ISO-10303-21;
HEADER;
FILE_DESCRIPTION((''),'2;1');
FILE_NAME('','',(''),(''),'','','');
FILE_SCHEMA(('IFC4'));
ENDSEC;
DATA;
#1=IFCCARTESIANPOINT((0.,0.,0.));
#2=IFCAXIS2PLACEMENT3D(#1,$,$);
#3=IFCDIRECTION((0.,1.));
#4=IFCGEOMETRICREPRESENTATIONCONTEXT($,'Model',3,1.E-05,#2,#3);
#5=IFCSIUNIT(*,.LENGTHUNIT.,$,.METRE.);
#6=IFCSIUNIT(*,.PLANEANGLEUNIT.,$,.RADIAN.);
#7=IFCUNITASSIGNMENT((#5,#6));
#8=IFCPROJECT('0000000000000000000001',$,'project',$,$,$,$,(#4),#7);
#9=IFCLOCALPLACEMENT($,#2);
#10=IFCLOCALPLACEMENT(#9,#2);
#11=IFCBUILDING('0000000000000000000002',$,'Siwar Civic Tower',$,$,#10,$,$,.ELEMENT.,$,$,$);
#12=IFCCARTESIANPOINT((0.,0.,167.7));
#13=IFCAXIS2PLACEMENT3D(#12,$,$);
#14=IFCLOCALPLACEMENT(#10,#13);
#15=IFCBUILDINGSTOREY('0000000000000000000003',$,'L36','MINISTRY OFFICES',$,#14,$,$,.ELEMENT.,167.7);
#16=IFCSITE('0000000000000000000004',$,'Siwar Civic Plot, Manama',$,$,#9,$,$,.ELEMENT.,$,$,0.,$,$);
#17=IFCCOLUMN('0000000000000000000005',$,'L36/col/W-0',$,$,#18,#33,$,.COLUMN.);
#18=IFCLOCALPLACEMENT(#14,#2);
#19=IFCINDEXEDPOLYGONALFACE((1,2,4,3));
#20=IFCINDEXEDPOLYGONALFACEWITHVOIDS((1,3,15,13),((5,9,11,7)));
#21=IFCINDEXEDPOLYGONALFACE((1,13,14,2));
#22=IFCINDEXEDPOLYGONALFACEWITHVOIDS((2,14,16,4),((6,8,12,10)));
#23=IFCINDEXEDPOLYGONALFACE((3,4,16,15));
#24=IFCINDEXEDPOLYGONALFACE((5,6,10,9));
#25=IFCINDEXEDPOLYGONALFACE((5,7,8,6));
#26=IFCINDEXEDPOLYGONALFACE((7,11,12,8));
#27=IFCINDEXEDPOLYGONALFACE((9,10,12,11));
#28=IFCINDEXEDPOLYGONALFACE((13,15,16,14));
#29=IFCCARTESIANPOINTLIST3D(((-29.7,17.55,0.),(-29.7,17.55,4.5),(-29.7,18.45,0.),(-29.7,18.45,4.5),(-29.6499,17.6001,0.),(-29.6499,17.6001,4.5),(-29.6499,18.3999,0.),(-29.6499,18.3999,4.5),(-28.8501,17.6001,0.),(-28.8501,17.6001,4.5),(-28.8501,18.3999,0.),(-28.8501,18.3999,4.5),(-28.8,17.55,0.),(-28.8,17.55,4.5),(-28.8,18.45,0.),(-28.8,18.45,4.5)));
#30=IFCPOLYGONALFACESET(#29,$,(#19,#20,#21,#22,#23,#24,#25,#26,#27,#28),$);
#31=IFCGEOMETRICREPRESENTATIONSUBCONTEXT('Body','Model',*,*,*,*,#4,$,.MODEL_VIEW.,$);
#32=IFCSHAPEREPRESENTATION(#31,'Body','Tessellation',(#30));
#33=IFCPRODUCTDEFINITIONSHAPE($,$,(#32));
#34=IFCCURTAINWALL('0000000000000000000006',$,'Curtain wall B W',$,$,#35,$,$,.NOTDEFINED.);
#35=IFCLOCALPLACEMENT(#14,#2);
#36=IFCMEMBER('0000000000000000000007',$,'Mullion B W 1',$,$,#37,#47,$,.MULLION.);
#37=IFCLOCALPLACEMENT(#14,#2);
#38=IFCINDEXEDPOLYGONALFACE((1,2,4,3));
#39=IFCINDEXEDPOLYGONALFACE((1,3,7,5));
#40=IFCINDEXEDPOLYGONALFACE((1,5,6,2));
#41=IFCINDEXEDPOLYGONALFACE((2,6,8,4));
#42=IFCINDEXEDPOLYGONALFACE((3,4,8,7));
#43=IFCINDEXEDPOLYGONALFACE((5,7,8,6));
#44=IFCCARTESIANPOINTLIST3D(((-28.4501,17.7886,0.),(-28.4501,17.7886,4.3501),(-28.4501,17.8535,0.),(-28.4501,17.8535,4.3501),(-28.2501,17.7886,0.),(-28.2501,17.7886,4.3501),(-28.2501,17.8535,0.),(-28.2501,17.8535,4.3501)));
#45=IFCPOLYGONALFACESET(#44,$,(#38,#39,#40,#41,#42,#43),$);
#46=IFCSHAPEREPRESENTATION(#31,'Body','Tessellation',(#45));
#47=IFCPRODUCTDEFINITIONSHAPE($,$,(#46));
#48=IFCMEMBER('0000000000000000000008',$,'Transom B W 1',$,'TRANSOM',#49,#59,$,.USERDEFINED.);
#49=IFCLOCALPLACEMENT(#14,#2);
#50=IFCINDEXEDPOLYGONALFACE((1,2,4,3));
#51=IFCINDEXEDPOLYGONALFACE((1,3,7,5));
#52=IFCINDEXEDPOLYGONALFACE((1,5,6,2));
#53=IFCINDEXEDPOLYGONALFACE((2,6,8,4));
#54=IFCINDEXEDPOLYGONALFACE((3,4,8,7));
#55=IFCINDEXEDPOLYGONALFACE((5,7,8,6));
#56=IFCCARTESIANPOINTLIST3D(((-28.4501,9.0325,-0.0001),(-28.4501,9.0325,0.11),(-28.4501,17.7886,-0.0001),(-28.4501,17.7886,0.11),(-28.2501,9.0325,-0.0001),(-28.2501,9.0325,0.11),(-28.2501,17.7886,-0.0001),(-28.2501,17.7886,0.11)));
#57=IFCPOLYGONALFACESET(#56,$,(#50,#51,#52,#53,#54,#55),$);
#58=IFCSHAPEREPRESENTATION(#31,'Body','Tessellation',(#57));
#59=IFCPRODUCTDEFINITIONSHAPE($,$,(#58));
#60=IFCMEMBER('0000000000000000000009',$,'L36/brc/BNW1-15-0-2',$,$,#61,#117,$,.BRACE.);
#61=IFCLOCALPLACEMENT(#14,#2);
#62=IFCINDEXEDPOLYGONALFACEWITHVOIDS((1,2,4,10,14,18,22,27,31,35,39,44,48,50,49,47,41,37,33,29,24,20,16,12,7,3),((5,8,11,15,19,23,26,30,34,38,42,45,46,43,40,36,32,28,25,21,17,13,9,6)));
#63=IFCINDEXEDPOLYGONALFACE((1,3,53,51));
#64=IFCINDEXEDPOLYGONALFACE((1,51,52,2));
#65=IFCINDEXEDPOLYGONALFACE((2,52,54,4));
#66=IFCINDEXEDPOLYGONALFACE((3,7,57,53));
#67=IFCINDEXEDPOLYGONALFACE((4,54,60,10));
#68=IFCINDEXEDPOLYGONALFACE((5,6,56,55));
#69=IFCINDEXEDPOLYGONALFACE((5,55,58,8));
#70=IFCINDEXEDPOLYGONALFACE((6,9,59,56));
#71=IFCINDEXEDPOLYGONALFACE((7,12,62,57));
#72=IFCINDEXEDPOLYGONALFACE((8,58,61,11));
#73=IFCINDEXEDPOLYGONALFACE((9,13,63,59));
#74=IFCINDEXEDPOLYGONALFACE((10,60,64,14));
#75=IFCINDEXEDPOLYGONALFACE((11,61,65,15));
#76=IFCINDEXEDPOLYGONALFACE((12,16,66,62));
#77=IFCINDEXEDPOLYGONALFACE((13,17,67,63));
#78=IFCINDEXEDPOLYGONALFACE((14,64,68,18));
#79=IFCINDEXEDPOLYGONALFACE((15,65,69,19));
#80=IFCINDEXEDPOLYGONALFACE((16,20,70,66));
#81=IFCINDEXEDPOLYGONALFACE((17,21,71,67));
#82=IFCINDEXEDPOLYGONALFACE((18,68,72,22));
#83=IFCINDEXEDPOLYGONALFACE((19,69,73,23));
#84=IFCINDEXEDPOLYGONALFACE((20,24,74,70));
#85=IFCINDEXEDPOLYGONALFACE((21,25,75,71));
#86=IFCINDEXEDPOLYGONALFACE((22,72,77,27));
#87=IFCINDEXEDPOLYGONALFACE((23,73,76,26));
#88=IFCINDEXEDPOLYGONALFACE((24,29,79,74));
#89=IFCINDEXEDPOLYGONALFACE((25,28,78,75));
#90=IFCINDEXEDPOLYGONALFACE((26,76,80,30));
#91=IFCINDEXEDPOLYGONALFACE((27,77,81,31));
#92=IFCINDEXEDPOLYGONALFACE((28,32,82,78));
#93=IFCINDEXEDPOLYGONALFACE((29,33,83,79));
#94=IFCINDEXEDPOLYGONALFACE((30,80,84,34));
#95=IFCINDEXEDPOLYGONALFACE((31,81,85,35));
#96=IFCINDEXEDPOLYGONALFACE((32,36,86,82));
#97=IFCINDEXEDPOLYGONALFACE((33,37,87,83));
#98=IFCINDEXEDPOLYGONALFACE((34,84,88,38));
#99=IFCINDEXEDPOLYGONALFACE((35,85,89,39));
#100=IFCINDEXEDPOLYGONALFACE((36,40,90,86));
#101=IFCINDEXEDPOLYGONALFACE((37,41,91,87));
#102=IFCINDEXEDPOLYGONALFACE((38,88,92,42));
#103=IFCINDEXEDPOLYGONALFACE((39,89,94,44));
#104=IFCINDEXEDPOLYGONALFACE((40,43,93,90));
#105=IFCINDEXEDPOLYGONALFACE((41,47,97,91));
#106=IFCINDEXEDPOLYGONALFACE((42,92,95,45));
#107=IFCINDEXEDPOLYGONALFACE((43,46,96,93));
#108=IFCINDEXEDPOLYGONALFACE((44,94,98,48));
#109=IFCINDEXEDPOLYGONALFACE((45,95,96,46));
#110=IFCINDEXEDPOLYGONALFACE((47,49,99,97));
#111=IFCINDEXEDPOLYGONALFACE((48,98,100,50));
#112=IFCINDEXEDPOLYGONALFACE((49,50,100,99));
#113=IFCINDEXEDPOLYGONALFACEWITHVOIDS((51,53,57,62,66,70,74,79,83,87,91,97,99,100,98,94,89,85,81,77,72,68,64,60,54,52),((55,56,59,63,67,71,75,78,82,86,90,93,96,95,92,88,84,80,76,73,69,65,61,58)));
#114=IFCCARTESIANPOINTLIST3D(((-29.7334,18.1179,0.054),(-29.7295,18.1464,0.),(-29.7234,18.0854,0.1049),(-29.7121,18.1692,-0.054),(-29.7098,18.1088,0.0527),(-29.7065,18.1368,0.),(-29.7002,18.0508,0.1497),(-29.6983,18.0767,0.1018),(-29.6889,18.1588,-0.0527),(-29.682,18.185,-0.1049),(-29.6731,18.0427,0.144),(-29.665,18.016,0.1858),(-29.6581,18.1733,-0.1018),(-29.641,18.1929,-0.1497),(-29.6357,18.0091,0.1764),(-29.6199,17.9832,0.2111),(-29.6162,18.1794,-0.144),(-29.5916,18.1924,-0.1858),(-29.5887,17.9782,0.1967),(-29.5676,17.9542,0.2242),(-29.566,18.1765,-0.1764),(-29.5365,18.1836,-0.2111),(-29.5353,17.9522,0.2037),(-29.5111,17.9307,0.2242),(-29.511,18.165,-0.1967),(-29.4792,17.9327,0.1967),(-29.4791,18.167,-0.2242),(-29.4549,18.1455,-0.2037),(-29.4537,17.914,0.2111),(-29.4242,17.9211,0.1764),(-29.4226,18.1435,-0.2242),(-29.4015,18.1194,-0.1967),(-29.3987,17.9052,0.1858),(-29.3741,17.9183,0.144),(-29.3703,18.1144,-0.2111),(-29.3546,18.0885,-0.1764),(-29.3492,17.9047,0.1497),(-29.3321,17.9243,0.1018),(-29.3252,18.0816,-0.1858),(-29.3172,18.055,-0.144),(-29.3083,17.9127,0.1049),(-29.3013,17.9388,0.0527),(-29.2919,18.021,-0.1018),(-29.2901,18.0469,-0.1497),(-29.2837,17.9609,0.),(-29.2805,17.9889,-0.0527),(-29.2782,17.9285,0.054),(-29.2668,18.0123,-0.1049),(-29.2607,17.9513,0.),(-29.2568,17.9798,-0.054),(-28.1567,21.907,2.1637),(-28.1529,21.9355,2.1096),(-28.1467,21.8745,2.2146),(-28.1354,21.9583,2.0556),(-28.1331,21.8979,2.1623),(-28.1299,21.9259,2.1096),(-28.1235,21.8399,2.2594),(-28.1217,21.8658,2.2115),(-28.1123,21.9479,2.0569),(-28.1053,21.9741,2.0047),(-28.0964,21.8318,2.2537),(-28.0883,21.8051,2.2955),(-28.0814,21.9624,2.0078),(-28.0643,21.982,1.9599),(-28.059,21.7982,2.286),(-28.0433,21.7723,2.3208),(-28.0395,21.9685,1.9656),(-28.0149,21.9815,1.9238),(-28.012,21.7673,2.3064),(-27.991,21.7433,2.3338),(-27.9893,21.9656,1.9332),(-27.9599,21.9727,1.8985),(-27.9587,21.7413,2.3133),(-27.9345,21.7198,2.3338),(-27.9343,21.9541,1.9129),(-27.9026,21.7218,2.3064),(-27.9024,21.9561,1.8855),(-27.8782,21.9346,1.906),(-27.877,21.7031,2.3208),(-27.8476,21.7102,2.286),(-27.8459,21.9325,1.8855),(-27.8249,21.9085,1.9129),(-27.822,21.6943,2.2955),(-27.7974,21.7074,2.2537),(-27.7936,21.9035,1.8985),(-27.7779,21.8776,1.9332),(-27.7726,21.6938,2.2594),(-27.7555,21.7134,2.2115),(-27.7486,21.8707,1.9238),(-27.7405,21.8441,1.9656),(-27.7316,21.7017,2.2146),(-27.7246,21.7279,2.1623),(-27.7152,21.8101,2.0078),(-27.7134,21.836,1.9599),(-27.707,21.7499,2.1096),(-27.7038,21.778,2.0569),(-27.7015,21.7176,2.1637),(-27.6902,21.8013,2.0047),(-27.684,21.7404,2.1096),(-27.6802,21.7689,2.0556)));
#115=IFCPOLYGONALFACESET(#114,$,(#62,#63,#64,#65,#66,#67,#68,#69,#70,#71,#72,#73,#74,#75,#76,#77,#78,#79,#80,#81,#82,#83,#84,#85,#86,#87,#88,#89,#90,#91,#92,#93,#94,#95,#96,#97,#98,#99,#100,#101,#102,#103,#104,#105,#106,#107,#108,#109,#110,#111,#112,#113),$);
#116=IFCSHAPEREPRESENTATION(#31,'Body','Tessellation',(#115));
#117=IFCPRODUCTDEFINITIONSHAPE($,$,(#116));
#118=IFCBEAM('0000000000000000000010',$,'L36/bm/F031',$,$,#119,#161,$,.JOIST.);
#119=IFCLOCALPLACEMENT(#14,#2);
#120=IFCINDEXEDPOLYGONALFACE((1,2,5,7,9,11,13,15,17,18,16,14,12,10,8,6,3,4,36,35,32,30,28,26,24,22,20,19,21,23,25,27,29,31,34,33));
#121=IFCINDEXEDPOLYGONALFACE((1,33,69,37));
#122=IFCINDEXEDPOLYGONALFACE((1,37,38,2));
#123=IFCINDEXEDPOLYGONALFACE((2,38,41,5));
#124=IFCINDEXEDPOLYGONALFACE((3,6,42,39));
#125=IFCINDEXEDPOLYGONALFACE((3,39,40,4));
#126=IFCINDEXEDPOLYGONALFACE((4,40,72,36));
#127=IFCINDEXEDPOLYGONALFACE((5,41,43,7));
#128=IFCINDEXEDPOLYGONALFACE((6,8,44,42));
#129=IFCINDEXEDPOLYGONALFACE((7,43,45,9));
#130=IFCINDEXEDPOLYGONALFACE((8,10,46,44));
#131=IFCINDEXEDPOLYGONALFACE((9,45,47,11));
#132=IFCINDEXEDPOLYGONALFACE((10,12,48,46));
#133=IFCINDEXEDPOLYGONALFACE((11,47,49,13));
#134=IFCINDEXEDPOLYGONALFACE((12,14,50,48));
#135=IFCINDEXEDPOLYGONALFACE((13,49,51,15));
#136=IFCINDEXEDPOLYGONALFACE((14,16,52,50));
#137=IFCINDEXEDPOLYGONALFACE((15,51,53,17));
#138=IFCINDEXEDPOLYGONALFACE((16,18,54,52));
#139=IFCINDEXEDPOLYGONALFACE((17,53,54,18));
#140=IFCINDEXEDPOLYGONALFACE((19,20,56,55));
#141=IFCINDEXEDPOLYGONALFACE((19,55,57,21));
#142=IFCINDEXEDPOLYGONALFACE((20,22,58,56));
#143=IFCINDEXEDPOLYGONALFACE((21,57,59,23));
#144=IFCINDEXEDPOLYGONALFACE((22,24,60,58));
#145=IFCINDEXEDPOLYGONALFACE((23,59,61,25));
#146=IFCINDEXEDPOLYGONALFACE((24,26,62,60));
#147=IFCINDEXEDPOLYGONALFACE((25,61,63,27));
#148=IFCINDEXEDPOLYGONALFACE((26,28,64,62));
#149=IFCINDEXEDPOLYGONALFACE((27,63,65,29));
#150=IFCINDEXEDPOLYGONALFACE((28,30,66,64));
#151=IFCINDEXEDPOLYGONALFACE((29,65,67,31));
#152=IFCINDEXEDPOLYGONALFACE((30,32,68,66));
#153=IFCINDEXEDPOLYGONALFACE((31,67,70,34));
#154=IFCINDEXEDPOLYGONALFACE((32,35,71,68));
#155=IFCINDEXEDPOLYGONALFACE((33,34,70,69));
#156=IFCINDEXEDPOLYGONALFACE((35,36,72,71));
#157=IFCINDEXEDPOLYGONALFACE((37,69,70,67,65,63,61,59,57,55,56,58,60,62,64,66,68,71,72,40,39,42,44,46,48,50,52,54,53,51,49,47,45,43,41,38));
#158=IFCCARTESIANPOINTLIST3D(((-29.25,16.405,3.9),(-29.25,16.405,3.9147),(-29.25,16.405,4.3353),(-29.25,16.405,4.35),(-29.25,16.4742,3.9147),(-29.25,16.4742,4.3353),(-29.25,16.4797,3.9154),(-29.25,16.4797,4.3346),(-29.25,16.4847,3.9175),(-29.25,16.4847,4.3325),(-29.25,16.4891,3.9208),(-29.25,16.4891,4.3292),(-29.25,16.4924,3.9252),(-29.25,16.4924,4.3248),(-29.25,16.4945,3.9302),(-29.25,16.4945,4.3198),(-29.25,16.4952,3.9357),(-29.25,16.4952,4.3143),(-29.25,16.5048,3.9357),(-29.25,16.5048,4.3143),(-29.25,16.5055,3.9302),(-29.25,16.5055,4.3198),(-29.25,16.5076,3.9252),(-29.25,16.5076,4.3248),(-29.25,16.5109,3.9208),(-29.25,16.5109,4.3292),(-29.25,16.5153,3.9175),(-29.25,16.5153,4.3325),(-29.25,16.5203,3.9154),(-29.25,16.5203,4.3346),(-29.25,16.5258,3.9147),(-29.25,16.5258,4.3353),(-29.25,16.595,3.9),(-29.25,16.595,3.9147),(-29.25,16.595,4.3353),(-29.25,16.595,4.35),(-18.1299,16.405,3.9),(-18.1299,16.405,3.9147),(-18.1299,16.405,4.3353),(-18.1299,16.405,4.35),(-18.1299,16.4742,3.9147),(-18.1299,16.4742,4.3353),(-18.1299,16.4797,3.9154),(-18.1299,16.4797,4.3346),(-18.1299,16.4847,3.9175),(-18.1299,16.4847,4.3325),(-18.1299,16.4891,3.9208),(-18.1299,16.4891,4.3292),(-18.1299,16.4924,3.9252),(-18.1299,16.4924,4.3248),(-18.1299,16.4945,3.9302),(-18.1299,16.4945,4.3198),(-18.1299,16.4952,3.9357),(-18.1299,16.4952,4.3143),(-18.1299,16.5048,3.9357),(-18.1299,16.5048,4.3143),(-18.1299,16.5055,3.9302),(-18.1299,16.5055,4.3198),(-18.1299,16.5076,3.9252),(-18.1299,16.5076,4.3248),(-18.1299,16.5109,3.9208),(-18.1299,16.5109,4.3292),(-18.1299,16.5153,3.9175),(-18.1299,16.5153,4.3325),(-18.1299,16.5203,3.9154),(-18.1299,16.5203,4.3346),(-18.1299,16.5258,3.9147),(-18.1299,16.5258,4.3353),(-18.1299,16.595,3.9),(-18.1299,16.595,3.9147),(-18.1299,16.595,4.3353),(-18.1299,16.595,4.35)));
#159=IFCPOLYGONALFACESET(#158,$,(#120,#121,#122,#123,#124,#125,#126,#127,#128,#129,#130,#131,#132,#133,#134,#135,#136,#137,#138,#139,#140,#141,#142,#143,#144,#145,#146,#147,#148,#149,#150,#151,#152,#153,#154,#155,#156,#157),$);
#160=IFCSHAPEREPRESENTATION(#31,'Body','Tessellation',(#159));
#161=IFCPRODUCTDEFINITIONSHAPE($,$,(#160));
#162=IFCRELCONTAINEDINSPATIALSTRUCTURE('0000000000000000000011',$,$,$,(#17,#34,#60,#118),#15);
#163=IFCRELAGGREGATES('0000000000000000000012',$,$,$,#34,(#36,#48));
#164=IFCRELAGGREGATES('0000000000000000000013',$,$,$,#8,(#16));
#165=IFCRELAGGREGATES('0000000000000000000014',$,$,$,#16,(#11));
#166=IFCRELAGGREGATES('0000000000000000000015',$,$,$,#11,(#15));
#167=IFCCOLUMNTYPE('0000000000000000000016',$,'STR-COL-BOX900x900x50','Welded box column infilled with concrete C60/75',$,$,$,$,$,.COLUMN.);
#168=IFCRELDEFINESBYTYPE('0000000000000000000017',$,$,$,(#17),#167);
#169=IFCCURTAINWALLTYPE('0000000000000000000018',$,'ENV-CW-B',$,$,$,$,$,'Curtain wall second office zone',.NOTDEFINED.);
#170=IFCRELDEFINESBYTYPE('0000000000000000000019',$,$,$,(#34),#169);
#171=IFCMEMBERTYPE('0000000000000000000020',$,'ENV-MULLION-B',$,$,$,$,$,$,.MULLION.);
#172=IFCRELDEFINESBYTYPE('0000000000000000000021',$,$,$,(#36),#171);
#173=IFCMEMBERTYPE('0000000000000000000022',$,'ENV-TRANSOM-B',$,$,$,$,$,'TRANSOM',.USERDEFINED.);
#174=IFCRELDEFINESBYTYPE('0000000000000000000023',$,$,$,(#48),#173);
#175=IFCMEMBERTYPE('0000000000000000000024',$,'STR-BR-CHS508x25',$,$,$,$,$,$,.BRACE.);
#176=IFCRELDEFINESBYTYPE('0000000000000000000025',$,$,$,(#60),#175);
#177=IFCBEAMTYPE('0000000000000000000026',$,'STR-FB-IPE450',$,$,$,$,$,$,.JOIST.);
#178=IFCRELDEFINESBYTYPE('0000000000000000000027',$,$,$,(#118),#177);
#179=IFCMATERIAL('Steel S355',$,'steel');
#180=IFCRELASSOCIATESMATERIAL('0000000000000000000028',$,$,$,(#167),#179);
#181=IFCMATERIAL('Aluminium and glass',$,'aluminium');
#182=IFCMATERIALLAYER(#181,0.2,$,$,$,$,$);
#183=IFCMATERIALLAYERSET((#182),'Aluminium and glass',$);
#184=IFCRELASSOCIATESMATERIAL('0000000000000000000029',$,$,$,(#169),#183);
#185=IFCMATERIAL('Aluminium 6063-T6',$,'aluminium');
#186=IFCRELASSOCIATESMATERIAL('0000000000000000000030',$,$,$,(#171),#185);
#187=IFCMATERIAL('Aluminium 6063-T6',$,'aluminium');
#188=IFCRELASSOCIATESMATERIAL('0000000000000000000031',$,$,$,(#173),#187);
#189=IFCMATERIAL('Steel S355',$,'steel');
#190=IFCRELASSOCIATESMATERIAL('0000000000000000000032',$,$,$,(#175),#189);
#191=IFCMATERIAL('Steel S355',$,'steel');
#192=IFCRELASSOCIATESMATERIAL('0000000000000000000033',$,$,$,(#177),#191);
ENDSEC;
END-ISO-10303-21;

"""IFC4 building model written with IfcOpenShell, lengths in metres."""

from ifc_helpers import new_model, si_unit, direction, frame, origin, origin_2d, place, context, subcontext, project, spatial, rectangle, hollow_rectangle, hollow_circle, i_section, extrude, material, layer, layer_set, material_profile, profile_set, type_object, element, aggregate, save


model = new_model("IFC4")

# Units and contexts
model_context = context("Model", 3, precision=1e-05, world=origin(), true_north=direction((0.0, 1.0)))
body_context = subcontext(model_context, "Body", "Model", "MODEL_VIEW")
ifc_project = project(units=[si_unit("LENGTHUNIT", "METRE"), si_unit("PLANEANGLEUNIT", "RADIAN")], contexts=[model_context])

# Site, building, storey
site_placement = place(None, origin())
site = spatial("IfcSite", under=ifc_project, at=site_placement, Name="Siwar Civic Plot, Manama", CompositionType="ELEMENT", RefElevation=0.0)
building_placement = place(site_placement, origin())
building = spatial("IfcBuilding", under=site, at=building_placement, Name="Siwar Civic Tower", CompositionType="ELEMENT")
storey_placement = place(building_placement, frame((0.0, 0.0, 167.7)))
storey = spatial("IfcBuildingStorey", under=building, at=storey_placement, Name="L36", Description="MINISTRY OFFICES", CompositionType="ELEMENT", Elevation=167.7)

# Column
ifc_material_1 = material(Name="Steel S355", Category="steel")
ifc_material_profile_1 = material_profile(ifc_material_1, hollow_rectangle(XDim=0.8999, YDim=0.8999, WallThickness=0.05, at=origin_2d()), Name="BOX900x900x50")
ifc_profile_set_1 = profile_set([ifc_material_profile_1], Name="Steel S355")
column_type = type_object("IfcColumnType", Name="STR-COL-BOX900x900x50", Description="Welded box column infilled with concrete C60/75", PredefinedType="COLUMN", material=ifc_profile_set_1)
column_placement = place(storey_placement, frame((-29.25, 18.0, 0.0), z_axis=(0.0, 0.0, 1.0), x_axis=(1.0, 0.0, 0.0)))
element("IfcColumn", 1, at=column_placement, inside=storey, type_object=column_type, Name="L36/col/W-0", PredefinedType="COLUMN", context=body_context, shape_type="SweptSolid", body=[
    extrude(hollow_rectangle(XDim=0.8999, YDim=0.8999, WallThickness=0.05, at=origin_2d()), origin(), (0.0, 0.0, 1.0), 4.5),
])

# Curtain wall, members
ifc_material_2 = material(Name="Aluminium and glass", Category="aluminium")
ifc_layer_1 = layer(ifc_material_2, 0.2)
ifc_layer_set_1 = layer_set([ifc_layer_1], Name="Aluminium and glass")
curtain_wall_type = type_object("IfcCurtainWallType", Name="ENV-CW-B", ElementType="Curtain wall second office zone", PredefinedType="NOTDEFINED", material=ifc_layer_set_1)
curtain_wall_placement = place(storey_placement, origin())
curtain_wall = element("IfcCurtainWall", 2, at=curtain_wall_placement, inside=storey, type_object=curtain_wall_type, Name="Curtain wall B W", PredefinedType="NOTDEFINED")
ifc_material_3 = material(Name="Aluminium 6063-T6", Category="aluminium")
ifc_material_profile_2 = material_profile(ifc_material_3, rectangle(XDim=0.2, YDim=0.0649, at=origin_2d()), Name="AL 200x65")
ifc_profile_set_2 = profile_set([ifc_material_profile_2], Name="Aluminium 6063-T6")
member_type_1 = type_object("IfcMemberType", Name="ENV-MULLION-B", PredefinedType="MULLION", material=ifc_profile_set_2)
member_1_placement = place(storey_placement, frame((-28.3501, 17.821, 0.0), z_axis=(0.0, 0.0, 1.0), x_axis=(1.0, 0.0, 0.0)))
member_1 = element("IfcMember", 3, at=member_1_placement, type_object=member_type_1, Name="Mullion B W 1", PredefinedType="MULLION", context=body_context, shape_type="SweptSolid", body=[
    extrude(rectangle(XDim=0.2, YDim=0.0649, at=origin_2d()), origin(), (0.0, 0.0, 1.0), 4.3501),
])
ifc_material_4 = material(Name="Aluminium 6063-T6", Category="aluminium")
ifc_material_profile_3 = material_profile(ifc_material_4, rectangle(XDim=0.2, YDim=0.1101, at=origin_2d()), Name="AL 200x110")
ifc_profile_set_3 = profile_set([ifc_material_profile_3], Name="Aluminium 6063-T6")
member_type_2 = type_object("IfcMemberType", Name="ENV-TRANSOM-B", ElementType="TRANSOM", PredefinedType="USERDEFINED", material=ifc_profile_set_3)
member_2_placement = place(storey_placement, frame((-28.3501, 17.7886, 0.0549), z_axis=(0.0, -1.0, 0.0), x_axis=(1.0, 0.0, 0.0)))
member_2 = element("IfcMember", 4, at=member_2_placement, type_object=member_type_2, Name="Transom B W 1", ObjectType="TRANSOM", PredefinedType="USERDEFINED", context=body_context, shape_type="SweptSolid", body=[
    extrude(rectangle(XDim=0.2, YDim=0.1101, at=origin_2d()), origin(), (0.0, 0.0, 1.0), 8.7561),
])
aggregate(curtain_wall, [member_1, member_2])

# Member
ifc_material_5 = material(Name="Steel S355", Category="steel")
ifc_material_profile_4 = material_profile(ifc_material_5, hollow_circle(Radius=0.2539, WallThickness=0.0249, at=origin_2d()), Name="CHS508x25")
ifc_profile_set_4 = profile_set([ifc_material_profile_4], Name="Steel S355")
member_type_3 = type_object("IfcMemberType", Name="STR-BR-CHS508x25", PredefinedType="BRACE", material=ifc_profile_set_4)
member_3_placement = place(storey_placement, frame((-29.4951, 18.0488, 0.0), z_axis=(0.341677, 0.821126, 0.457175), x_axis=(-0.92326, 0.384176, 0.0)))
element("IfcMember", 5, at=member_3_placement, inside=storey, type_object=member_type_3, Name="L36/brc/BNW1-15-0-2", PredefinedType="BRACE", context=body_context, shape_type="SweptSolid", body=[
    extrude(hollow_circle(Radius=0.2539, WallThickness=0.0249, at=origin_2d()), origin(), (0.0, 0.0, 1.0), 4.6145),
])

# Beam
ifc_material_6 = material(Name="Steel S355", Category="steel")
ifc_material_profile_5 = material_profile(ifc_material_6, i_section(OverallWidth=0.1899, OverallDepth=0.45, WebThickness=0.0095, FlangeThickness=0.0146, FilletRadius=0.021, at=origin_2d()), Name="IPE450")
ifc_profile_set_5 = profile_set([ifc_material_profile_5], Name="Steel S355")
beam_type_1 = type_object("IfcBeamType", Name="STR-FB-IPE450", PredefinedType="JOIST", material=ifc_profile_set_5)
beam_1_placement = place(storey_placement, frame((-29.25, 16.5, 4.125), z_axis=(1.0, 0.0, 0.0), x_axis=(0.0, 1.0, 0.0)))
element("IfcBeam", 6, at=beam_1_placement, inside=storey, type_object=beam_type_1, Name="L36/bm/F031", PredefinedType="JOIST", context=body_context, shape_type="SweptSolid", body=[
    extrude(i_section(OverallWidth=0.1899, OverallDepth=0.45, WebThickness=0.0095, FlangeThickness=0.0146, FilletRadius=0.021, at=origin_2d()), origin(), (0.0, 0.0, 1.0), 11.1201),
])

save(model, "model.ifc")
